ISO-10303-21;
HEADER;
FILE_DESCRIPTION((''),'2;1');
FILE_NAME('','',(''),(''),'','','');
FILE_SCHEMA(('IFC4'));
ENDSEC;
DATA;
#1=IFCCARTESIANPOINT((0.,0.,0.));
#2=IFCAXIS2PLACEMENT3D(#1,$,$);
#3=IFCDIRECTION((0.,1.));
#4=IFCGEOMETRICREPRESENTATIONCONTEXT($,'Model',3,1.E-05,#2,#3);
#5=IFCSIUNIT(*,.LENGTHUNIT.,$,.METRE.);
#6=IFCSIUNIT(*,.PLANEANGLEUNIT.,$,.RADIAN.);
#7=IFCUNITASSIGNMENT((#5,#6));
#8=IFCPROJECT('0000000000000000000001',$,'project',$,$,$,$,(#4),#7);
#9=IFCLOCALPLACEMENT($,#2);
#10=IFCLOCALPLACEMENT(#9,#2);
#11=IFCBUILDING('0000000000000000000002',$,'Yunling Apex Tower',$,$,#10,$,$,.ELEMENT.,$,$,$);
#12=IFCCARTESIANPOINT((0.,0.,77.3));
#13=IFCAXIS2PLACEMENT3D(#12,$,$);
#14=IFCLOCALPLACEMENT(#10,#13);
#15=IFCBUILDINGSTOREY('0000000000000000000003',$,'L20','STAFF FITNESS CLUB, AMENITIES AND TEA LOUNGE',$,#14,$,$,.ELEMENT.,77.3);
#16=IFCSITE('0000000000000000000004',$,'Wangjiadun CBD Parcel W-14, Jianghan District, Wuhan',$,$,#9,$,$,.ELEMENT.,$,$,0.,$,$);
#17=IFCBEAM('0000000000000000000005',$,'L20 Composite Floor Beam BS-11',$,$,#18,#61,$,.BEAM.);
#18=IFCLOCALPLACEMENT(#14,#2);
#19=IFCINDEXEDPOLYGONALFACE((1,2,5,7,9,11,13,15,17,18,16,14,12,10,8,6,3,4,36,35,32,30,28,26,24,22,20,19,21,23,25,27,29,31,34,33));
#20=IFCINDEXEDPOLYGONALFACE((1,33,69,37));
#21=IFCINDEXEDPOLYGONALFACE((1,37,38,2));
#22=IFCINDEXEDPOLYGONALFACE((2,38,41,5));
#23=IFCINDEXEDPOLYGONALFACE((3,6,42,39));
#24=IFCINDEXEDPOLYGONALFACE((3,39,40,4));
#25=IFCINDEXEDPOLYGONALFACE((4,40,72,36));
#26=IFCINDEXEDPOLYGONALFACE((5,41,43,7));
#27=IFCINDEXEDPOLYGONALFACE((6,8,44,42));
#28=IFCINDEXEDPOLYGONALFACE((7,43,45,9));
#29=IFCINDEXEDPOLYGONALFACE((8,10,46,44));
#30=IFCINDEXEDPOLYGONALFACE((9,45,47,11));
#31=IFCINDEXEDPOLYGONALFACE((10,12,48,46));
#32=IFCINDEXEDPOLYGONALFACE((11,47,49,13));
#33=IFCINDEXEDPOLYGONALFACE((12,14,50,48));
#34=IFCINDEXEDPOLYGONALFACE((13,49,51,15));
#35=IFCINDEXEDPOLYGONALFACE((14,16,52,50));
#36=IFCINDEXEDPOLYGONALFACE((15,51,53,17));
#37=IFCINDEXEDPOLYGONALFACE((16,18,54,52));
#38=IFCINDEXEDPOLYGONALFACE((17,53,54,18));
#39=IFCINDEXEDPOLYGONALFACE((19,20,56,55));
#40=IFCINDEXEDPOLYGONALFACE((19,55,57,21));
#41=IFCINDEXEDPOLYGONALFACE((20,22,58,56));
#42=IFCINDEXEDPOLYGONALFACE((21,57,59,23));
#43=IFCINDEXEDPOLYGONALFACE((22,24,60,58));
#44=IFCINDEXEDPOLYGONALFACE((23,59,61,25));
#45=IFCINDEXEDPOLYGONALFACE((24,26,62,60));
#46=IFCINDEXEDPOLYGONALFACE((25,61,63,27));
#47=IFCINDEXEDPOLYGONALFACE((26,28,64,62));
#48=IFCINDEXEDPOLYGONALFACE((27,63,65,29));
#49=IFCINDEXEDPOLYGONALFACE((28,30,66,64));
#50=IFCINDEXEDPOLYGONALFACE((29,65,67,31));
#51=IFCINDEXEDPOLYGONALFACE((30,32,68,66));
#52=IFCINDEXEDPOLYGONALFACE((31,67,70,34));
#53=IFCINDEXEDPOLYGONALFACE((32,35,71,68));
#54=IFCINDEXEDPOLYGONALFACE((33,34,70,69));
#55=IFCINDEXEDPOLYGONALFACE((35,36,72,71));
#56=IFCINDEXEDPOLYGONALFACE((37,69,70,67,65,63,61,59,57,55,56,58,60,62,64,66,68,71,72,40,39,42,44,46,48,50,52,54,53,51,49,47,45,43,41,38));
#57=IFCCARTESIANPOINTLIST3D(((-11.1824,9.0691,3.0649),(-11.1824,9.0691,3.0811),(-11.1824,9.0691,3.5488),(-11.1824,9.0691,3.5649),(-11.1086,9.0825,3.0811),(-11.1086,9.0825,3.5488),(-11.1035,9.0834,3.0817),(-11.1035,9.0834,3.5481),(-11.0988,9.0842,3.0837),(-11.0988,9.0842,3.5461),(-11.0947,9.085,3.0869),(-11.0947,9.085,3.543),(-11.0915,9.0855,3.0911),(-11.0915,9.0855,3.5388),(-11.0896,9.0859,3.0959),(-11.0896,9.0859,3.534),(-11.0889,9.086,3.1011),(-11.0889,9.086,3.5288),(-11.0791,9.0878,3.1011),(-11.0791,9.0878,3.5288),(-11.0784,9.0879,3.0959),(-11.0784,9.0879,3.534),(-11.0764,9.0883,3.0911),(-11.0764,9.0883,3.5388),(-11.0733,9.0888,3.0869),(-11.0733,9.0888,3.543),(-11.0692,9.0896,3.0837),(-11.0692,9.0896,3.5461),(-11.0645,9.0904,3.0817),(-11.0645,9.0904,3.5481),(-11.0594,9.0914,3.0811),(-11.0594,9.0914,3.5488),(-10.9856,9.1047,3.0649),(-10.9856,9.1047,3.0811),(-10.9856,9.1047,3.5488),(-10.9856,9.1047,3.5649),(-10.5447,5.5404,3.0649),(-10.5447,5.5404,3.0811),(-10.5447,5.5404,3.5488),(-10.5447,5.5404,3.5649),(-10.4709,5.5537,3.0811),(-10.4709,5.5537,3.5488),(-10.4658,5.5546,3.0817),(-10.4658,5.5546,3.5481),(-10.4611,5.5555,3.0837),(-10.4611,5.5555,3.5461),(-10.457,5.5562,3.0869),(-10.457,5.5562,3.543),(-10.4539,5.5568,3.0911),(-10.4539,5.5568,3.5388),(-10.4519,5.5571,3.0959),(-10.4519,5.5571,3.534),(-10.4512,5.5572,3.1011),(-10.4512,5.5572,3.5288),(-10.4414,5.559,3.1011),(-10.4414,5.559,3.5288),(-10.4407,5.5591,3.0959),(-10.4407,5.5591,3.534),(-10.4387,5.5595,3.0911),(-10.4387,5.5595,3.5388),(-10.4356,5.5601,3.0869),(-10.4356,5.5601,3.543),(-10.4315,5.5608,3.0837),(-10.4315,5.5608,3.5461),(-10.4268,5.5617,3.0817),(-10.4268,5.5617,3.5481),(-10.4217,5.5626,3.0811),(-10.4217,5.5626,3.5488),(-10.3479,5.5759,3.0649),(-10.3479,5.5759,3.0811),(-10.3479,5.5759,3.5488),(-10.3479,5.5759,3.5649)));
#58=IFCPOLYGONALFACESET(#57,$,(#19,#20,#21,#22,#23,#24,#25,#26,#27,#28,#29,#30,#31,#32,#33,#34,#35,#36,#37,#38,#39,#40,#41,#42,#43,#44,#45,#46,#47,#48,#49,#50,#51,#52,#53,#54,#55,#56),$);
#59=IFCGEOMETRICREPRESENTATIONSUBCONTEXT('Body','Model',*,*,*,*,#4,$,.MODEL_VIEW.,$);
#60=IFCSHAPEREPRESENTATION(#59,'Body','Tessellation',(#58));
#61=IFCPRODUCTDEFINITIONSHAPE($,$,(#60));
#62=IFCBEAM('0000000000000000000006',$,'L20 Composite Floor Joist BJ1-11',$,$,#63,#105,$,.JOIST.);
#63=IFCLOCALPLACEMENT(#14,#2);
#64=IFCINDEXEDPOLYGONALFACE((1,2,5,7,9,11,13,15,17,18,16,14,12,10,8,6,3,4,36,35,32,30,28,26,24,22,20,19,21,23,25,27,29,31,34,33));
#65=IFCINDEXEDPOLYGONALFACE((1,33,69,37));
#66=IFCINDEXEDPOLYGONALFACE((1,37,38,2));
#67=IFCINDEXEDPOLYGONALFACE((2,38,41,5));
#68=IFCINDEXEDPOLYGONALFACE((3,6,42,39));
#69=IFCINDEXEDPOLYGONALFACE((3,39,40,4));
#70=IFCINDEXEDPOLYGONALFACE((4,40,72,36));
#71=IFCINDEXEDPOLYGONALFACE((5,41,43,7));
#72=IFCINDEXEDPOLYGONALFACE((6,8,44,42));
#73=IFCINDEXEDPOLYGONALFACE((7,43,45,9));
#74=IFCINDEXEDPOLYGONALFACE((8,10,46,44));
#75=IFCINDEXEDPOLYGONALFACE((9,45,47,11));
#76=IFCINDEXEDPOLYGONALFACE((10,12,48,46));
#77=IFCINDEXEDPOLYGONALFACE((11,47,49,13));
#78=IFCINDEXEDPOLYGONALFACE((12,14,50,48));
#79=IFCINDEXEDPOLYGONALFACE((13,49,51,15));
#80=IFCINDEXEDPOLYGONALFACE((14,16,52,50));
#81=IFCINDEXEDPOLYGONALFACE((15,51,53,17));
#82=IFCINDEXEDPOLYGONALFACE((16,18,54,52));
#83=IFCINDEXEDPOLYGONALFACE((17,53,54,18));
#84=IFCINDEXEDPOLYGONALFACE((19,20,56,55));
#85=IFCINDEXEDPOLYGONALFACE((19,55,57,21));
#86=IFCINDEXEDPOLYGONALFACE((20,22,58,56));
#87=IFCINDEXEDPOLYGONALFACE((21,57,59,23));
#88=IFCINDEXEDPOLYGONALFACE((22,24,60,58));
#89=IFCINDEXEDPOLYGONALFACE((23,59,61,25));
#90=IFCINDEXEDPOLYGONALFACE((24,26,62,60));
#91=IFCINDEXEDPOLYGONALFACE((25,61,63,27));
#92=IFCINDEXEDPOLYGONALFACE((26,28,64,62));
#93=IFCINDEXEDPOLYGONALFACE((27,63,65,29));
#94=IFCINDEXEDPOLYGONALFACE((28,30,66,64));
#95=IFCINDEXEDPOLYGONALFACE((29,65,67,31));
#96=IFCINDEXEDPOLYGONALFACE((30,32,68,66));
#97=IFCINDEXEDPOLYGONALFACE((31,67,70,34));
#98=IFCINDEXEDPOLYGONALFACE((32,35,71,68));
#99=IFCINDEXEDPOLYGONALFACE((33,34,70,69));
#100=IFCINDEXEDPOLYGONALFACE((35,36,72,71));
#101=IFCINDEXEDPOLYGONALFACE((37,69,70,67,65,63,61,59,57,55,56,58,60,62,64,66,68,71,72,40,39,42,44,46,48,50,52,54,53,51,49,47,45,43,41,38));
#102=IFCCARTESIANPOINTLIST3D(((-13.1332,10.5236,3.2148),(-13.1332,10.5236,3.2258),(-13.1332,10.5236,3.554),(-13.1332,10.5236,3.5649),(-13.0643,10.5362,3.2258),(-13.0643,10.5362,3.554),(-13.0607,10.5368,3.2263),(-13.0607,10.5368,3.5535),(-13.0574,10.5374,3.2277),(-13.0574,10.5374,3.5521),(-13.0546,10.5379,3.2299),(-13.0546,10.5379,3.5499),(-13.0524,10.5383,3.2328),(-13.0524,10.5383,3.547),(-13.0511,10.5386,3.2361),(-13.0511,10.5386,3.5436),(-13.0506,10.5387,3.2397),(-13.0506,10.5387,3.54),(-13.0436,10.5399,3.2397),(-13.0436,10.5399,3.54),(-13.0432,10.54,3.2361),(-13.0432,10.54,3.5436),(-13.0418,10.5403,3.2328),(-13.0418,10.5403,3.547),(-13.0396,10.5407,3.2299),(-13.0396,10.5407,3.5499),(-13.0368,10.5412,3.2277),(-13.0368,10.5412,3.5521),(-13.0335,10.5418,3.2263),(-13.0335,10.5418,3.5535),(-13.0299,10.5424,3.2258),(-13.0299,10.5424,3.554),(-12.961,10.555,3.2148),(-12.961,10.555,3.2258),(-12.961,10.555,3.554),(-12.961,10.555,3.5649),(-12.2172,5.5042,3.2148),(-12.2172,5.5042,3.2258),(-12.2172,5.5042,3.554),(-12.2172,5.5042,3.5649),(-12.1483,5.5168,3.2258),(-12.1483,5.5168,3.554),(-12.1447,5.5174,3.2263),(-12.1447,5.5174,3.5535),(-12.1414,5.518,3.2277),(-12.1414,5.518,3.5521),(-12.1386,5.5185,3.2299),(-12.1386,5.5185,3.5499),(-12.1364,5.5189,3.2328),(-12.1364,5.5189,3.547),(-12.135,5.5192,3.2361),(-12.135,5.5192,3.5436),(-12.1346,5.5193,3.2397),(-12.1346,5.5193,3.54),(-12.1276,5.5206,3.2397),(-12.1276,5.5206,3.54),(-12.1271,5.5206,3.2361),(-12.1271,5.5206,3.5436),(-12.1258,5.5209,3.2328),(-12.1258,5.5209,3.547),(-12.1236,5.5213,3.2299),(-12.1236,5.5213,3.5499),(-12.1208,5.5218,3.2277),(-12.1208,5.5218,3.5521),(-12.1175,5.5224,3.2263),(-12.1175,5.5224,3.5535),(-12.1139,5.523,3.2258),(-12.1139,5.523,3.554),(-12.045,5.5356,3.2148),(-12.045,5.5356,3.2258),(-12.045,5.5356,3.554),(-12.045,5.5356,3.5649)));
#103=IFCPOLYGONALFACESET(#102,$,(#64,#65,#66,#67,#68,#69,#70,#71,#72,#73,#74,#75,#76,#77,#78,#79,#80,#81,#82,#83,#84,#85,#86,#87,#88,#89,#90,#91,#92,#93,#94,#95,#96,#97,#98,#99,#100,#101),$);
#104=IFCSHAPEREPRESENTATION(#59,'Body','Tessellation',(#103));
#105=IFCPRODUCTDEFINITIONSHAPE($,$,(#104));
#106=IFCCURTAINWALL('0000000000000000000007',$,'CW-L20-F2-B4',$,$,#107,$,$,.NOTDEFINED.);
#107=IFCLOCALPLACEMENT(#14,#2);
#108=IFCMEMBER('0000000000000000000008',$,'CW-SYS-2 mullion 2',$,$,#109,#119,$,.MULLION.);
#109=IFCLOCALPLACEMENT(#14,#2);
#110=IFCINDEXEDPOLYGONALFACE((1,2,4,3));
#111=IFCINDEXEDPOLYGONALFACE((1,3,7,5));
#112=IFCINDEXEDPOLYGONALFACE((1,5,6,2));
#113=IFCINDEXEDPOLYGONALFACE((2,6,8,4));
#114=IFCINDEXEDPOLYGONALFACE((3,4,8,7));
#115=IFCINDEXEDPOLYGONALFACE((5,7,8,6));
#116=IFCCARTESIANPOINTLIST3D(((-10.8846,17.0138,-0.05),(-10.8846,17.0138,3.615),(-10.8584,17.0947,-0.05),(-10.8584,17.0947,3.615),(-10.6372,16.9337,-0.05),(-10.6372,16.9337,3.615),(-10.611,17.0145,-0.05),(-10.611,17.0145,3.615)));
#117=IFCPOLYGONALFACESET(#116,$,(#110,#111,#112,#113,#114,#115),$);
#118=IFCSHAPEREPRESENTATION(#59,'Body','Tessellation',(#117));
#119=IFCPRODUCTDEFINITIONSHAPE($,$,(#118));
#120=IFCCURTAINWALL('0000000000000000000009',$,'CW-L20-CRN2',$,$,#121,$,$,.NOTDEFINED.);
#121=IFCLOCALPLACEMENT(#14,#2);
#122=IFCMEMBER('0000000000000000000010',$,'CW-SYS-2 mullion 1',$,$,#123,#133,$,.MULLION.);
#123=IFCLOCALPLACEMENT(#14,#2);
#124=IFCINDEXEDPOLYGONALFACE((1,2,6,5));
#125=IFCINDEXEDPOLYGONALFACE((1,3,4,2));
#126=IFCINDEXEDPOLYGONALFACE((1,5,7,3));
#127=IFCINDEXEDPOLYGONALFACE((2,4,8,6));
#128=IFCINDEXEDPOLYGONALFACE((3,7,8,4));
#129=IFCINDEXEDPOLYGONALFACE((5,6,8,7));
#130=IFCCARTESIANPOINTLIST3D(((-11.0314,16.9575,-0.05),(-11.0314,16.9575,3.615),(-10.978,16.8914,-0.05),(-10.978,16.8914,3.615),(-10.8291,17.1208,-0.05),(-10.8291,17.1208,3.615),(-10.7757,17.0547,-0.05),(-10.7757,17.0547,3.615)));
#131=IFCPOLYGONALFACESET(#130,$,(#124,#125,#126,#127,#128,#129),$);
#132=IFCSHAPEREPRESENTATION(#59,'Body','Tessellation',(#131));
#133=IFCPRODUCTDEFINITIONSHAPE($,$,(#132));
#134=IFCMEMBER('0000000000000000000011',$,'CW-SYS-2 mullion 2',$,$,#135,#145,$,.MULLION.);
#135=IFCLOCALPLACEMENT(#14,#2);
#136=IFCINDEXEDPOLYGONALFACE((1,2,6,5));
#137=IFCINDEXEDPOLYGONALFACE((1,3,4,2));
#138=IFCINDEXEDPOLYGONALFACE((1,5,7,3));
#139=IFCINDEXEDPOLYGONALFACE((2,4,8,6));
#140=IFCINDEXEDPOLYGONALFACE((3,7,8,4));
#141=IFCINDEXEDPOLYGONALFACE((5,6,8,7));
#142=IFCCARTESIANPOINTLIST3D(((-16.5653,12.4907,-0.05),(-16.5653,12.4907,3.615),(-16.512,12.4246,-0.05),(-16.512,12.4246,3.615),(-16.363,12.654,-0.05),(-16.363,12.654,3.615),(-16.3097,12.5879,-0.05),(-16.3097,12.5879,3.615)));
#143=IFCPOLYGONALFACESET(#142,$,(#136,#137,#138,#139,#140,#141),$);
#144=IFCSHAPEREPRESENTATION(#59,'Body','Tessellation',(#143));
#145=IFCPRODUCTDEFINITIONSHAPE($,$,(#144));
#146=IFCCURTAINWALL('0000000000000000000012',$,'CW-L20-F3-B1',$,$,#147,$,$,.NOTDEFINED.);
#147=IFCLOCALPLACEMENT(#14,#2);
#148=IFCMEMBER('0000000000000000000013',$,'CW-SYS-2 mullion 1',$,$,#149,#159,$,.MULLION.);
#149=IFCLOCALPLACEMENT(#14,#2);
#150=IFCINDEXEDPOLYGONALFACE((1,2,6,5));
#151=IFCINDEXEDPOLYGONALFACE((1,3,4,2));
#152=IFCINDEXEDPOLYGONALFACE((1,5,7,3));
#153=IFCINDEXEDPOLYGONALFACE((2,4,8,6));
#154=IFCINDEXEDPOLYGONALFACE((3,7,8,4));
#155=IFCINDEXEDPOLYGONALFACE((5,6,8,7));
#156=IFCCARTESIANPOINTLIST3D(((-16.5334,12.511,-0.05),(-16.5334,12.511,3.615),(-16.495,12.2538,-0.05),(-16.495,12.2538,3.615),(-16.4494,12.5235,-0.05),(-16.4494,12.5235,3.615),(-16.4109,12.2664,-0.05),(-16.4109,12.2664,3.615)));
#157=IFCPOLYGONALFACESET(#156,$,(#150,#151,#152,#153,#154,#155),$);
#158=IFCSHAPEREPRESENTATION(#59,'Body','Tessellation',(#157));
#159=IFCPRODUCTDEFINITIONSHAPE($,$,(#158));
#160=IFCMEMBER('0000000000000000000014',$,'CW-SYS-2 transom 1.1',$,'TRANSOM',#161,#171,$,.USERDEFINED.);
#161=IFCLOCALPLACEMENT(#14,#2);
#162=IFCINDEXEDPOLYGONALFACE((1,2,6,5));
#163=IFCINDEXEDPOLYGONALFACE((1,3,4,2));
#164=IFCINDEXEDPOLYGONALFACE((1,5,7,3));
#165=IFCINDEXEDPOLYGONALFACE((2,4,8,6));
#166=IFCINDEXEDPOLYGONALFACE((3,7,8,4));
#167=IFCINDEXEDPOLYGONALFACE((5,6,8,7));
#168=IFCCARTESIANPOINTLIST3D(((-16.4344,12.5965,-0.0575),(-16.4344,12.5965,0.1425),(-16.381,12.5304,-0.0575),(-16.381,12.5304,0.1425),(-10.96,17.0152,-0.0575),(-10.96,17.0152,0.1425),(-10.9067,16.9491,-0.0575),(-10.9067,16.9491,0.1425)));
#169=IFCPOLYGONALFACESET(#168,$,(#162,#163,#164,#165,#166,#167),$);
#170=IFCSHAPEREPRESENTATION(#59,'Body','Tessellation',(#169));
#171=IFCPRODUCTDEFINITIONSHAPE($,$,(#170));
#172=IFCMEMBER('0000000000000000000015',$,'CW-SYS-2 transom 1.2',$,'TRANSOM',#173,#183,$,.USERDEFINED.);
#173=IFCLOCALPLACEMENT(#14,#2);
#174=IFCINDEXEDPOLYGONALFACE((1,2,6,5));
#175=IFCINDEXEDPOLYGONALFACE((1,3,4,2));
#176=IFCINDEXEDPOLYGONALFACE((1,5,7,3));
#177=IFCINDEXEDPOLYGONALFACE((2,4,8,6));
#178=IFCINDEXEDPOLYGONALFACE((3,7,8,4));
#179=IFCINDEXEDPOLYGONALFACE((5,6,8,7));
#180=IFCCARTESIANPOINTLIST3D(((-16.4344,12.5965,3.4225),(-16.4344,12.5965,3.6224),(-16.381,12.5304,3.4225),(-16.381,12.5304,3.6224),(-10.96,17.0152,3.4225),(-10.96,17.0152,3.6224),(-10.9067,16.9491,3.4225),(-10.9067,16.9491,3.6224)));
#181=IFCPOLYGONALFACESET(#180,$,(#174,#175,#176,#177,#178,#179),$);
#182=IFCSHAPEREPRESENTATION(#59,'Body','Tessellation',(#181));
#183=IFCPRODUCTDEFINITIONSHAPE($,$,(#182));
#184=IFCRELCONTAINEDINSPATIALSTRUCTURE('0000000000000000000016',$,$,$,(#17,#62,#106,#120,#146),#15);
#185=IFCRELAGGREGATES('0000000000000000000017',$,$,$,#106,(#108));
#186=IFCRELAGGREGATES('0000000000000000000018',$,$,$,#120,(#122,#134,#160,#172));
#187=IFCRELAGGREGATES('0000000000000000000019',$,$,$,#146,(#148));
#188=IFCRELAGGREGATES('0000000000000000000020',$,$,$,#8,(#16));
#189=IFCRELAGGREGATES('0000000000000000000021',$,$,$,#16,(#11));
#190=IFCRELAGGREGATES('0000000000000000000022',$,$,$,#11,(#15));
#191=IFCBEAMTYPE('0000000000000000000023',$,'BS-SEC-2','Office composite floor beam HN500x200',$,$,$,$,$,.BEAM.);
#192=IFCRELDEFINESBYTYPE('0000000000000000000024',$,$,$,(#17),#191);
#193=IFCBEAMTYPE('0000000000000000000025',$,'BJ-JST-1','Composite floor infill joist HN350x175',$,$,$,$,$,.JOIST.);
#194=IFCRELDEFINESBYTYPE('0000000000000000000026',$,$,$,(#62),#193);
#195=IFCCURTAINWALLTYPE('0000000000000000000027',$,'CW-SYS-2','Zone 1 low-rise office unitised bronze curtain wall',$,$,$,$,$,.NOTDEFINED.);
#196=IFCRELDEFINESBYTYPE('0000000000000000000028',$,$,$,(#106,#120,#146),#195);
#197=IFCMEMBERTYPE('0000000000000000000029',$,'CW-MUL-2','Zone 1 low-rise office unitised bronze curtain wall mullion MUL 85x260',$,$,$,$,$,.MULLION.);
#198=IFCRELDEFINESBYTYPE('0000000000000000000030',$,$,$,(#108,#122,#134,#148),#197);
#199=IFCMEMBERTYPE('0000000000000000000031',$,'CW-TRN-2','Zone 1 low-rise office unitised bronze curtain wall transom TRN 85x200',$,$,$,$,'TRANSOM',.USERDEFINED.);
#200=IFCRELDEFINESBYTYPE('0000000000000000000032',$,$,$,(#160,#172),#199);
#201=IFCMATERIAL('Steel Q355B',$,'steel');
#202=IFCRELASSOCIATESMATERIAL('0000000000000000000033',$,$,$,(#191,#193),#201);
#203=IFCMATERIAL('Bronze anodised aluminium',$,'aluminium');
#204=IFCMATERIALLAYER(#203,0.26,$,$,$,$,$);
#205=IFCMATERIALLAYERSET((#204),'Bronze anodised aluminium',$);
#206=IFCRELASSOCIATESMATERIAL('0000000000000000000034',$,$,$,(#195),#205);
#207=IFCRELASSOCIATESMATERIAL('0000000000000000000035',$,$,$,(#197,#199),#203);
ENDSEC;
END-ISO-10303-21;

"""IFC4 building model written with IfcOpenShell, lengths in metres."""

from ifc_helpers import new_model, si_unit, direction, frame, origin, origin_2d, place, context, subcontext, project, spatial, rectangle, i_section, extrude, source, transform, mapped, material, layer, layer_set, material_profile, profile_set, type_object, element, aggregate, save


model = new_model("IFC4")

# Units and contexts
model_context = context("Model", 3, precision=1e-05, world=origin(), true_north=direction((0.0, 1.0)))
body_context = subcontext(model_context, "Body", "Model", "MODEL_VIEW")
ifc_project = project(units=[si_unit("LENGTHUNIT", "METRE"), si_unit("PLANEANGLEUNIT", "RADIAN")], contexts=[model_context])

# Site, building, storey
site_placement = place(None, origin())
site = spatial("IfcSite", under=ifc_project, at=site_placement, Name="Wangjiadun CBD Parcel W-14, Jianghan District, Wuhan", CompositionType="ELEMENT", RefElevation=0.0)
building_placement = place(site_placement, origin())
building = spatial("IfcBuilding", under=site, at=building_placement, Name="Yunling Apex Tower", CompositionType="ELEMENT")
storey_placement = place(building_placement, frame((0.0, 0.0, 77.3)))
storey = spatial("IfcBuildingStorey", under=building, at=storey_placement, Name="L20", Description="STAFF FITNESS CLUB, AMENITIES AND TEA LOUNGE", CompositionType="ELEMENT", Elevation=77.3)

# Beams
ifc_material_1 = material(Name="Steel Q355B", Category="steel")
ifc_material_profile_1 = material_profile(ifc_material_1, i_section(OverallWidth=0.2, OverallDepth=0.5, WebThickness=0.01, FlangeThickness=0.0161, FilletRadius=0.02, at=origin_2d()))
ifc_profile_set_1 = profile_set([ifc_material_profile_1], Name="Steel Q355B")
beam_type_1 = type_object("IfcBeamType", Name="BS-SEC-2", Description="Office composite floor beam HN500x200", PredefinedType="BEAM", material=ifc_profile_set_1)
shared_shape_1 = source(origin(), body_context, "Body", "SweptSolid", [
    extrude(i_section(OverallWidth=0.2, OverallDepth=0.5, WebThickness=0.01, FlangeThickness=0.0161, FilletRadius=0.02, at=origin_2d()), origin(), (0.0, 0.0, 1.0), 3.5859),
])
beam_1_placement = place(storey_placement, frame((-11.084, 9.0869, 3.3149), z_axis=(0.177831, -0.984061, 0.0), x_axis=(0.984061, 0.177831, 0.0)))
element("IfcBeam", 1, at=beam_1_placement, inside=storey, type_object=beam_type_1, Name="L20 Composite Floor Beam BS-11", PredefinedType="BEAM", context=body_context, shape_type="MappedRepresentation", body=[
    mapped(shared_shape_1, transform((0.0, 0.0, 0.0), scale=1.0)),
])
ifc_material_profile_2 = material_profile(ifc_material_1, i_section(OverallWidth=0.175, OverallDepth=0.3501, WebThickness=0.0071, FlangeThickness=0.011, FilletRadius=0.0139, at=origin_2d()))
ifc_profile_set_2 = profile_set([ifc_material_profile_2], Name="Steel Q355B")
beam_type_2 = type_object("IfcBeamType", Name="BJ-JST-1", Description="Composite floor infill joist HN350x175", PredefinedType="JOIST", material=ifc_profile_set_2)
shared_shape_2 = source(origin(), body_context, "Body", "SweptSolid", [
    extrude(i_section(OverallWidth=0.175, OverallDepth=0.3501, WebThickness=0.0071, FlangeThickness=0.011, FilletRadius=0.0139, at=origin_2d()), origin(), (0.0, 0.0, 1.0), 5.1023),
])
beam_2_placement = place(storey_placement, frame((-13.0471, 10.5393, 3.3899), z_axis=(0.179534, -0.983752, 0.0), x_axis=(0.983752, 0.179534, 0.0)))
element("IfcBeam", 2, at=beam_2_placement, inside=storey, type_object=beam_type_2, Name="L20 Composite Floor Joist BJ1-11", PredefinedType="JOIST", context=body_context, shape_type="MappedRepresentation", body=[
    mapped(shared_shape_2, transform((0.0, 0.0, 0.0), scale=1.0)),
])

# Curtain wall, member
ifc_material_2 = material(Name="Bronze anodised aluminium", Category="aluminium")
ifc_layer_1 = layer(ifc_material_2, 0.26)
ifc_layer_set_1 = layer_set([ifc_layer_1], Name="Bronze anodised aluminium")
curtain_wall_type = type_object("IfcCurtainWallType", Name="CW-SYS-2", Description="Zone 1 low-rise office unitised bronze curtain wall", PredefinedType="NOTDEFINED", material=ifc_layer_set_1)
curtain_wall_1_placement = place(storey_placement, origin())
curtain_wall_1 = element("IfcCurtainWall", 3, at=curtain_wall_1_placement, inside=storey, type_object=curtain_wall_type, Name="CW-L20-F2-B4", PredefinedType="NOTDEFINED")
ifc_material_profile_3 = material_profile(ifc_material_2, rectangle(XDim=0.085, YDim=0.26, at=origin_2d()))
ifc_profile_set_3 = profile_set([ifc_material_profile_3], Name="Bronze anodised aluminium")
member_type_1 = type_object("IfcMemberType", Name="CW-MUL-2", Description="Zone 1 low-rise office unitised bronze curtain wall mullion MUL 85x260", PredefinedType="MULLION", material=ifc_profile_set_3)
shared_shape_3 = source(origin(), body_context, "Body", "SweptSolid", [
    extrude(rectangle(XDim=0.085, YDim=0.26, at=origin_2d()), origin(), (0.0, 0.0, 1.0), 3.665),
])
member_1_placement = place(storey_placement, frame((-10.7478, 17.0142, -0.05), z_axis=(0.0, 0.0, 1.0), x_axis=(-0.308357, -0.951271, 0.0)))
member_1 = element("IfcMember", 4, at=member_1_placement, type_object=member_type_1, Name="CW-SYS-2 mullion 2", PredefinedType="MULLION", context=body_context, shape_type="MappedRepresentation", body=[
    mapped(shared_shape_3, transform((0.0, 0.0, 0.0), scale=1.0)),
])
aggregate(curtain_wall_1, [member_1])

# Curtain wall, members
curtain_wall_2_placement = place(storey_placement, origin())
curtain_wall_2 = element("IfcCurtainWall", 5, at=curtain_wall_2_placement, inside=storey, type_object=curtain_wall_type, Name="CW-L20-CRN2", PredefinedType="NOTDEFINED")
member_2_placement = place(storey_placement, frame((-10.9036, 17.0061, -0.05), z_axis=(0.0, 0.0, 1.0), x_axis=(0.62808, -0.778149, 0.0)))
member_2 = element("IfcMember", 6, at=member_2_placement, type_object=member_type_1, Name="CW-SYS-2 mullion 1", PredefinedType="MULLION", context=body_context, shape_type="MappedRepresentation", body=[
    mapped(shared_shape_3, transform((0.0, 0.0, 0.0), scale=1.0)),
])
member_3_placement = place(storey_placement, frame((-16.4375, 12.5393, -0.05), z_axis=(0.0, 0.0, 1.0), x_axis=(0.62808, -0.778149, 0.0)))
member_3 = element("IfcMember", 7, at=member_3_placement, type_object=member_type_1, Name="CW-SYS-2 mullion 2", PredefinedType="MULLION", context=body_context, shape_type="MappedRepresentation", body=[
    mapped(shared_shape_3, transform((0.0, 0.0, 0.0), scale=1.0)),
])

# Curtain wall, member
curtain_wall_3_placement = place(storey_placement, origin())
curtain_wall_3 = element("IfcCurtainWall", 8, at=curtain_wall_3_placement, inside=storey, type_object=curtain_wall_type, Name="CW-L20-F3-B1", PredefinedType="NOTDEFINED")
member_4_placement = place(storey_placement, frame((-16.4722, 12.3887, -0.05), z_axis=(0.0, 0.0, 1.0), x_axis=(0.989017, 0.147799, 0.0)))
member_4 = element("IfcMember", 9, at=member_4_placement, type_object=member_type_1, Name="CW-SYS-2 mullion 1", PredefinedType="MULLION", context=body_context, shape_type="MappedRepresentation", body=[
    mapped(shared_shape_3, transform((0.0, 0.0, 0.0), scale=1.0)),
])

# Members
ifc_material_profile_4 = material_profile(ifc_material_2, rectangle(XDim=0.085, YDim=0.2, at=origin_2d()))
ifc_profile_set_4 = profile_set([ifc_material_profile_4], Name="Bronze anodised aluminium")
member_type_2 = type_object("IfcMemberType", Name="CW-TRN-2", Description="Zone 1 low-rise office unitised bronze curtain wall transom TRN 85x200", ElementType="TRANSOM", PredefinedType="USERDEFINED", material=ifc_profile_set_4)
shared_shape_4 = source(origin(), body_context, "Body", "SweptSolid", [
    extrude(rectangle(XDim=0.085, YDim=0.2, at=origin_2d()), origin(), (0.0, 0.0, 1.0), 7.0352),
])
member_5_placement = place(storey_placement, frame((-10.9333, 16.9822, 0.0425), z_axis=(-0.778143, -0.628087, 0.0), x_axis=(0.628087, -0.778143, 0.0)))
member_5 = element("IfcMember", 10, at=member_5_placement, type_object=member_type_2, Name="CW-SYS-2 transom 1.1", ObjectType="TRANSOM", PredefinedType="USERDEFINED", context=body_context, shape_type="MappedRepresentation", body=[
    mapped(shared_shape_4, transform((0.0, 0.0, 0.0), scale=1.0)),
])
member_6_placement = place(storey_placement, frame((-10.9333, 16.9822, 3.5225), z_axis=(-0.778143, -0.628087, 0.0), x_axis=(0.628087, -0.778143, 0.0)))
member_6 = element("IfcMember", 11, at=member_6_placement, type_object=member_type_2, Name="CW-SYS-2 transom 1.2", ObjectType="TRANSOM", PredefinedType="USERDEFINED", context=body_context, shape_type="MappedRepresentation", body=[
    mapped(shared_shape_4, transform((0.0, 0.0, 0.0), scale=1.0)),
])

aggregate(curtain_wall_2, [member_2, member_3, member_5, member_6])
aggregate(curtain_wall_3, [member_4])

save(model, "model.ifc")
